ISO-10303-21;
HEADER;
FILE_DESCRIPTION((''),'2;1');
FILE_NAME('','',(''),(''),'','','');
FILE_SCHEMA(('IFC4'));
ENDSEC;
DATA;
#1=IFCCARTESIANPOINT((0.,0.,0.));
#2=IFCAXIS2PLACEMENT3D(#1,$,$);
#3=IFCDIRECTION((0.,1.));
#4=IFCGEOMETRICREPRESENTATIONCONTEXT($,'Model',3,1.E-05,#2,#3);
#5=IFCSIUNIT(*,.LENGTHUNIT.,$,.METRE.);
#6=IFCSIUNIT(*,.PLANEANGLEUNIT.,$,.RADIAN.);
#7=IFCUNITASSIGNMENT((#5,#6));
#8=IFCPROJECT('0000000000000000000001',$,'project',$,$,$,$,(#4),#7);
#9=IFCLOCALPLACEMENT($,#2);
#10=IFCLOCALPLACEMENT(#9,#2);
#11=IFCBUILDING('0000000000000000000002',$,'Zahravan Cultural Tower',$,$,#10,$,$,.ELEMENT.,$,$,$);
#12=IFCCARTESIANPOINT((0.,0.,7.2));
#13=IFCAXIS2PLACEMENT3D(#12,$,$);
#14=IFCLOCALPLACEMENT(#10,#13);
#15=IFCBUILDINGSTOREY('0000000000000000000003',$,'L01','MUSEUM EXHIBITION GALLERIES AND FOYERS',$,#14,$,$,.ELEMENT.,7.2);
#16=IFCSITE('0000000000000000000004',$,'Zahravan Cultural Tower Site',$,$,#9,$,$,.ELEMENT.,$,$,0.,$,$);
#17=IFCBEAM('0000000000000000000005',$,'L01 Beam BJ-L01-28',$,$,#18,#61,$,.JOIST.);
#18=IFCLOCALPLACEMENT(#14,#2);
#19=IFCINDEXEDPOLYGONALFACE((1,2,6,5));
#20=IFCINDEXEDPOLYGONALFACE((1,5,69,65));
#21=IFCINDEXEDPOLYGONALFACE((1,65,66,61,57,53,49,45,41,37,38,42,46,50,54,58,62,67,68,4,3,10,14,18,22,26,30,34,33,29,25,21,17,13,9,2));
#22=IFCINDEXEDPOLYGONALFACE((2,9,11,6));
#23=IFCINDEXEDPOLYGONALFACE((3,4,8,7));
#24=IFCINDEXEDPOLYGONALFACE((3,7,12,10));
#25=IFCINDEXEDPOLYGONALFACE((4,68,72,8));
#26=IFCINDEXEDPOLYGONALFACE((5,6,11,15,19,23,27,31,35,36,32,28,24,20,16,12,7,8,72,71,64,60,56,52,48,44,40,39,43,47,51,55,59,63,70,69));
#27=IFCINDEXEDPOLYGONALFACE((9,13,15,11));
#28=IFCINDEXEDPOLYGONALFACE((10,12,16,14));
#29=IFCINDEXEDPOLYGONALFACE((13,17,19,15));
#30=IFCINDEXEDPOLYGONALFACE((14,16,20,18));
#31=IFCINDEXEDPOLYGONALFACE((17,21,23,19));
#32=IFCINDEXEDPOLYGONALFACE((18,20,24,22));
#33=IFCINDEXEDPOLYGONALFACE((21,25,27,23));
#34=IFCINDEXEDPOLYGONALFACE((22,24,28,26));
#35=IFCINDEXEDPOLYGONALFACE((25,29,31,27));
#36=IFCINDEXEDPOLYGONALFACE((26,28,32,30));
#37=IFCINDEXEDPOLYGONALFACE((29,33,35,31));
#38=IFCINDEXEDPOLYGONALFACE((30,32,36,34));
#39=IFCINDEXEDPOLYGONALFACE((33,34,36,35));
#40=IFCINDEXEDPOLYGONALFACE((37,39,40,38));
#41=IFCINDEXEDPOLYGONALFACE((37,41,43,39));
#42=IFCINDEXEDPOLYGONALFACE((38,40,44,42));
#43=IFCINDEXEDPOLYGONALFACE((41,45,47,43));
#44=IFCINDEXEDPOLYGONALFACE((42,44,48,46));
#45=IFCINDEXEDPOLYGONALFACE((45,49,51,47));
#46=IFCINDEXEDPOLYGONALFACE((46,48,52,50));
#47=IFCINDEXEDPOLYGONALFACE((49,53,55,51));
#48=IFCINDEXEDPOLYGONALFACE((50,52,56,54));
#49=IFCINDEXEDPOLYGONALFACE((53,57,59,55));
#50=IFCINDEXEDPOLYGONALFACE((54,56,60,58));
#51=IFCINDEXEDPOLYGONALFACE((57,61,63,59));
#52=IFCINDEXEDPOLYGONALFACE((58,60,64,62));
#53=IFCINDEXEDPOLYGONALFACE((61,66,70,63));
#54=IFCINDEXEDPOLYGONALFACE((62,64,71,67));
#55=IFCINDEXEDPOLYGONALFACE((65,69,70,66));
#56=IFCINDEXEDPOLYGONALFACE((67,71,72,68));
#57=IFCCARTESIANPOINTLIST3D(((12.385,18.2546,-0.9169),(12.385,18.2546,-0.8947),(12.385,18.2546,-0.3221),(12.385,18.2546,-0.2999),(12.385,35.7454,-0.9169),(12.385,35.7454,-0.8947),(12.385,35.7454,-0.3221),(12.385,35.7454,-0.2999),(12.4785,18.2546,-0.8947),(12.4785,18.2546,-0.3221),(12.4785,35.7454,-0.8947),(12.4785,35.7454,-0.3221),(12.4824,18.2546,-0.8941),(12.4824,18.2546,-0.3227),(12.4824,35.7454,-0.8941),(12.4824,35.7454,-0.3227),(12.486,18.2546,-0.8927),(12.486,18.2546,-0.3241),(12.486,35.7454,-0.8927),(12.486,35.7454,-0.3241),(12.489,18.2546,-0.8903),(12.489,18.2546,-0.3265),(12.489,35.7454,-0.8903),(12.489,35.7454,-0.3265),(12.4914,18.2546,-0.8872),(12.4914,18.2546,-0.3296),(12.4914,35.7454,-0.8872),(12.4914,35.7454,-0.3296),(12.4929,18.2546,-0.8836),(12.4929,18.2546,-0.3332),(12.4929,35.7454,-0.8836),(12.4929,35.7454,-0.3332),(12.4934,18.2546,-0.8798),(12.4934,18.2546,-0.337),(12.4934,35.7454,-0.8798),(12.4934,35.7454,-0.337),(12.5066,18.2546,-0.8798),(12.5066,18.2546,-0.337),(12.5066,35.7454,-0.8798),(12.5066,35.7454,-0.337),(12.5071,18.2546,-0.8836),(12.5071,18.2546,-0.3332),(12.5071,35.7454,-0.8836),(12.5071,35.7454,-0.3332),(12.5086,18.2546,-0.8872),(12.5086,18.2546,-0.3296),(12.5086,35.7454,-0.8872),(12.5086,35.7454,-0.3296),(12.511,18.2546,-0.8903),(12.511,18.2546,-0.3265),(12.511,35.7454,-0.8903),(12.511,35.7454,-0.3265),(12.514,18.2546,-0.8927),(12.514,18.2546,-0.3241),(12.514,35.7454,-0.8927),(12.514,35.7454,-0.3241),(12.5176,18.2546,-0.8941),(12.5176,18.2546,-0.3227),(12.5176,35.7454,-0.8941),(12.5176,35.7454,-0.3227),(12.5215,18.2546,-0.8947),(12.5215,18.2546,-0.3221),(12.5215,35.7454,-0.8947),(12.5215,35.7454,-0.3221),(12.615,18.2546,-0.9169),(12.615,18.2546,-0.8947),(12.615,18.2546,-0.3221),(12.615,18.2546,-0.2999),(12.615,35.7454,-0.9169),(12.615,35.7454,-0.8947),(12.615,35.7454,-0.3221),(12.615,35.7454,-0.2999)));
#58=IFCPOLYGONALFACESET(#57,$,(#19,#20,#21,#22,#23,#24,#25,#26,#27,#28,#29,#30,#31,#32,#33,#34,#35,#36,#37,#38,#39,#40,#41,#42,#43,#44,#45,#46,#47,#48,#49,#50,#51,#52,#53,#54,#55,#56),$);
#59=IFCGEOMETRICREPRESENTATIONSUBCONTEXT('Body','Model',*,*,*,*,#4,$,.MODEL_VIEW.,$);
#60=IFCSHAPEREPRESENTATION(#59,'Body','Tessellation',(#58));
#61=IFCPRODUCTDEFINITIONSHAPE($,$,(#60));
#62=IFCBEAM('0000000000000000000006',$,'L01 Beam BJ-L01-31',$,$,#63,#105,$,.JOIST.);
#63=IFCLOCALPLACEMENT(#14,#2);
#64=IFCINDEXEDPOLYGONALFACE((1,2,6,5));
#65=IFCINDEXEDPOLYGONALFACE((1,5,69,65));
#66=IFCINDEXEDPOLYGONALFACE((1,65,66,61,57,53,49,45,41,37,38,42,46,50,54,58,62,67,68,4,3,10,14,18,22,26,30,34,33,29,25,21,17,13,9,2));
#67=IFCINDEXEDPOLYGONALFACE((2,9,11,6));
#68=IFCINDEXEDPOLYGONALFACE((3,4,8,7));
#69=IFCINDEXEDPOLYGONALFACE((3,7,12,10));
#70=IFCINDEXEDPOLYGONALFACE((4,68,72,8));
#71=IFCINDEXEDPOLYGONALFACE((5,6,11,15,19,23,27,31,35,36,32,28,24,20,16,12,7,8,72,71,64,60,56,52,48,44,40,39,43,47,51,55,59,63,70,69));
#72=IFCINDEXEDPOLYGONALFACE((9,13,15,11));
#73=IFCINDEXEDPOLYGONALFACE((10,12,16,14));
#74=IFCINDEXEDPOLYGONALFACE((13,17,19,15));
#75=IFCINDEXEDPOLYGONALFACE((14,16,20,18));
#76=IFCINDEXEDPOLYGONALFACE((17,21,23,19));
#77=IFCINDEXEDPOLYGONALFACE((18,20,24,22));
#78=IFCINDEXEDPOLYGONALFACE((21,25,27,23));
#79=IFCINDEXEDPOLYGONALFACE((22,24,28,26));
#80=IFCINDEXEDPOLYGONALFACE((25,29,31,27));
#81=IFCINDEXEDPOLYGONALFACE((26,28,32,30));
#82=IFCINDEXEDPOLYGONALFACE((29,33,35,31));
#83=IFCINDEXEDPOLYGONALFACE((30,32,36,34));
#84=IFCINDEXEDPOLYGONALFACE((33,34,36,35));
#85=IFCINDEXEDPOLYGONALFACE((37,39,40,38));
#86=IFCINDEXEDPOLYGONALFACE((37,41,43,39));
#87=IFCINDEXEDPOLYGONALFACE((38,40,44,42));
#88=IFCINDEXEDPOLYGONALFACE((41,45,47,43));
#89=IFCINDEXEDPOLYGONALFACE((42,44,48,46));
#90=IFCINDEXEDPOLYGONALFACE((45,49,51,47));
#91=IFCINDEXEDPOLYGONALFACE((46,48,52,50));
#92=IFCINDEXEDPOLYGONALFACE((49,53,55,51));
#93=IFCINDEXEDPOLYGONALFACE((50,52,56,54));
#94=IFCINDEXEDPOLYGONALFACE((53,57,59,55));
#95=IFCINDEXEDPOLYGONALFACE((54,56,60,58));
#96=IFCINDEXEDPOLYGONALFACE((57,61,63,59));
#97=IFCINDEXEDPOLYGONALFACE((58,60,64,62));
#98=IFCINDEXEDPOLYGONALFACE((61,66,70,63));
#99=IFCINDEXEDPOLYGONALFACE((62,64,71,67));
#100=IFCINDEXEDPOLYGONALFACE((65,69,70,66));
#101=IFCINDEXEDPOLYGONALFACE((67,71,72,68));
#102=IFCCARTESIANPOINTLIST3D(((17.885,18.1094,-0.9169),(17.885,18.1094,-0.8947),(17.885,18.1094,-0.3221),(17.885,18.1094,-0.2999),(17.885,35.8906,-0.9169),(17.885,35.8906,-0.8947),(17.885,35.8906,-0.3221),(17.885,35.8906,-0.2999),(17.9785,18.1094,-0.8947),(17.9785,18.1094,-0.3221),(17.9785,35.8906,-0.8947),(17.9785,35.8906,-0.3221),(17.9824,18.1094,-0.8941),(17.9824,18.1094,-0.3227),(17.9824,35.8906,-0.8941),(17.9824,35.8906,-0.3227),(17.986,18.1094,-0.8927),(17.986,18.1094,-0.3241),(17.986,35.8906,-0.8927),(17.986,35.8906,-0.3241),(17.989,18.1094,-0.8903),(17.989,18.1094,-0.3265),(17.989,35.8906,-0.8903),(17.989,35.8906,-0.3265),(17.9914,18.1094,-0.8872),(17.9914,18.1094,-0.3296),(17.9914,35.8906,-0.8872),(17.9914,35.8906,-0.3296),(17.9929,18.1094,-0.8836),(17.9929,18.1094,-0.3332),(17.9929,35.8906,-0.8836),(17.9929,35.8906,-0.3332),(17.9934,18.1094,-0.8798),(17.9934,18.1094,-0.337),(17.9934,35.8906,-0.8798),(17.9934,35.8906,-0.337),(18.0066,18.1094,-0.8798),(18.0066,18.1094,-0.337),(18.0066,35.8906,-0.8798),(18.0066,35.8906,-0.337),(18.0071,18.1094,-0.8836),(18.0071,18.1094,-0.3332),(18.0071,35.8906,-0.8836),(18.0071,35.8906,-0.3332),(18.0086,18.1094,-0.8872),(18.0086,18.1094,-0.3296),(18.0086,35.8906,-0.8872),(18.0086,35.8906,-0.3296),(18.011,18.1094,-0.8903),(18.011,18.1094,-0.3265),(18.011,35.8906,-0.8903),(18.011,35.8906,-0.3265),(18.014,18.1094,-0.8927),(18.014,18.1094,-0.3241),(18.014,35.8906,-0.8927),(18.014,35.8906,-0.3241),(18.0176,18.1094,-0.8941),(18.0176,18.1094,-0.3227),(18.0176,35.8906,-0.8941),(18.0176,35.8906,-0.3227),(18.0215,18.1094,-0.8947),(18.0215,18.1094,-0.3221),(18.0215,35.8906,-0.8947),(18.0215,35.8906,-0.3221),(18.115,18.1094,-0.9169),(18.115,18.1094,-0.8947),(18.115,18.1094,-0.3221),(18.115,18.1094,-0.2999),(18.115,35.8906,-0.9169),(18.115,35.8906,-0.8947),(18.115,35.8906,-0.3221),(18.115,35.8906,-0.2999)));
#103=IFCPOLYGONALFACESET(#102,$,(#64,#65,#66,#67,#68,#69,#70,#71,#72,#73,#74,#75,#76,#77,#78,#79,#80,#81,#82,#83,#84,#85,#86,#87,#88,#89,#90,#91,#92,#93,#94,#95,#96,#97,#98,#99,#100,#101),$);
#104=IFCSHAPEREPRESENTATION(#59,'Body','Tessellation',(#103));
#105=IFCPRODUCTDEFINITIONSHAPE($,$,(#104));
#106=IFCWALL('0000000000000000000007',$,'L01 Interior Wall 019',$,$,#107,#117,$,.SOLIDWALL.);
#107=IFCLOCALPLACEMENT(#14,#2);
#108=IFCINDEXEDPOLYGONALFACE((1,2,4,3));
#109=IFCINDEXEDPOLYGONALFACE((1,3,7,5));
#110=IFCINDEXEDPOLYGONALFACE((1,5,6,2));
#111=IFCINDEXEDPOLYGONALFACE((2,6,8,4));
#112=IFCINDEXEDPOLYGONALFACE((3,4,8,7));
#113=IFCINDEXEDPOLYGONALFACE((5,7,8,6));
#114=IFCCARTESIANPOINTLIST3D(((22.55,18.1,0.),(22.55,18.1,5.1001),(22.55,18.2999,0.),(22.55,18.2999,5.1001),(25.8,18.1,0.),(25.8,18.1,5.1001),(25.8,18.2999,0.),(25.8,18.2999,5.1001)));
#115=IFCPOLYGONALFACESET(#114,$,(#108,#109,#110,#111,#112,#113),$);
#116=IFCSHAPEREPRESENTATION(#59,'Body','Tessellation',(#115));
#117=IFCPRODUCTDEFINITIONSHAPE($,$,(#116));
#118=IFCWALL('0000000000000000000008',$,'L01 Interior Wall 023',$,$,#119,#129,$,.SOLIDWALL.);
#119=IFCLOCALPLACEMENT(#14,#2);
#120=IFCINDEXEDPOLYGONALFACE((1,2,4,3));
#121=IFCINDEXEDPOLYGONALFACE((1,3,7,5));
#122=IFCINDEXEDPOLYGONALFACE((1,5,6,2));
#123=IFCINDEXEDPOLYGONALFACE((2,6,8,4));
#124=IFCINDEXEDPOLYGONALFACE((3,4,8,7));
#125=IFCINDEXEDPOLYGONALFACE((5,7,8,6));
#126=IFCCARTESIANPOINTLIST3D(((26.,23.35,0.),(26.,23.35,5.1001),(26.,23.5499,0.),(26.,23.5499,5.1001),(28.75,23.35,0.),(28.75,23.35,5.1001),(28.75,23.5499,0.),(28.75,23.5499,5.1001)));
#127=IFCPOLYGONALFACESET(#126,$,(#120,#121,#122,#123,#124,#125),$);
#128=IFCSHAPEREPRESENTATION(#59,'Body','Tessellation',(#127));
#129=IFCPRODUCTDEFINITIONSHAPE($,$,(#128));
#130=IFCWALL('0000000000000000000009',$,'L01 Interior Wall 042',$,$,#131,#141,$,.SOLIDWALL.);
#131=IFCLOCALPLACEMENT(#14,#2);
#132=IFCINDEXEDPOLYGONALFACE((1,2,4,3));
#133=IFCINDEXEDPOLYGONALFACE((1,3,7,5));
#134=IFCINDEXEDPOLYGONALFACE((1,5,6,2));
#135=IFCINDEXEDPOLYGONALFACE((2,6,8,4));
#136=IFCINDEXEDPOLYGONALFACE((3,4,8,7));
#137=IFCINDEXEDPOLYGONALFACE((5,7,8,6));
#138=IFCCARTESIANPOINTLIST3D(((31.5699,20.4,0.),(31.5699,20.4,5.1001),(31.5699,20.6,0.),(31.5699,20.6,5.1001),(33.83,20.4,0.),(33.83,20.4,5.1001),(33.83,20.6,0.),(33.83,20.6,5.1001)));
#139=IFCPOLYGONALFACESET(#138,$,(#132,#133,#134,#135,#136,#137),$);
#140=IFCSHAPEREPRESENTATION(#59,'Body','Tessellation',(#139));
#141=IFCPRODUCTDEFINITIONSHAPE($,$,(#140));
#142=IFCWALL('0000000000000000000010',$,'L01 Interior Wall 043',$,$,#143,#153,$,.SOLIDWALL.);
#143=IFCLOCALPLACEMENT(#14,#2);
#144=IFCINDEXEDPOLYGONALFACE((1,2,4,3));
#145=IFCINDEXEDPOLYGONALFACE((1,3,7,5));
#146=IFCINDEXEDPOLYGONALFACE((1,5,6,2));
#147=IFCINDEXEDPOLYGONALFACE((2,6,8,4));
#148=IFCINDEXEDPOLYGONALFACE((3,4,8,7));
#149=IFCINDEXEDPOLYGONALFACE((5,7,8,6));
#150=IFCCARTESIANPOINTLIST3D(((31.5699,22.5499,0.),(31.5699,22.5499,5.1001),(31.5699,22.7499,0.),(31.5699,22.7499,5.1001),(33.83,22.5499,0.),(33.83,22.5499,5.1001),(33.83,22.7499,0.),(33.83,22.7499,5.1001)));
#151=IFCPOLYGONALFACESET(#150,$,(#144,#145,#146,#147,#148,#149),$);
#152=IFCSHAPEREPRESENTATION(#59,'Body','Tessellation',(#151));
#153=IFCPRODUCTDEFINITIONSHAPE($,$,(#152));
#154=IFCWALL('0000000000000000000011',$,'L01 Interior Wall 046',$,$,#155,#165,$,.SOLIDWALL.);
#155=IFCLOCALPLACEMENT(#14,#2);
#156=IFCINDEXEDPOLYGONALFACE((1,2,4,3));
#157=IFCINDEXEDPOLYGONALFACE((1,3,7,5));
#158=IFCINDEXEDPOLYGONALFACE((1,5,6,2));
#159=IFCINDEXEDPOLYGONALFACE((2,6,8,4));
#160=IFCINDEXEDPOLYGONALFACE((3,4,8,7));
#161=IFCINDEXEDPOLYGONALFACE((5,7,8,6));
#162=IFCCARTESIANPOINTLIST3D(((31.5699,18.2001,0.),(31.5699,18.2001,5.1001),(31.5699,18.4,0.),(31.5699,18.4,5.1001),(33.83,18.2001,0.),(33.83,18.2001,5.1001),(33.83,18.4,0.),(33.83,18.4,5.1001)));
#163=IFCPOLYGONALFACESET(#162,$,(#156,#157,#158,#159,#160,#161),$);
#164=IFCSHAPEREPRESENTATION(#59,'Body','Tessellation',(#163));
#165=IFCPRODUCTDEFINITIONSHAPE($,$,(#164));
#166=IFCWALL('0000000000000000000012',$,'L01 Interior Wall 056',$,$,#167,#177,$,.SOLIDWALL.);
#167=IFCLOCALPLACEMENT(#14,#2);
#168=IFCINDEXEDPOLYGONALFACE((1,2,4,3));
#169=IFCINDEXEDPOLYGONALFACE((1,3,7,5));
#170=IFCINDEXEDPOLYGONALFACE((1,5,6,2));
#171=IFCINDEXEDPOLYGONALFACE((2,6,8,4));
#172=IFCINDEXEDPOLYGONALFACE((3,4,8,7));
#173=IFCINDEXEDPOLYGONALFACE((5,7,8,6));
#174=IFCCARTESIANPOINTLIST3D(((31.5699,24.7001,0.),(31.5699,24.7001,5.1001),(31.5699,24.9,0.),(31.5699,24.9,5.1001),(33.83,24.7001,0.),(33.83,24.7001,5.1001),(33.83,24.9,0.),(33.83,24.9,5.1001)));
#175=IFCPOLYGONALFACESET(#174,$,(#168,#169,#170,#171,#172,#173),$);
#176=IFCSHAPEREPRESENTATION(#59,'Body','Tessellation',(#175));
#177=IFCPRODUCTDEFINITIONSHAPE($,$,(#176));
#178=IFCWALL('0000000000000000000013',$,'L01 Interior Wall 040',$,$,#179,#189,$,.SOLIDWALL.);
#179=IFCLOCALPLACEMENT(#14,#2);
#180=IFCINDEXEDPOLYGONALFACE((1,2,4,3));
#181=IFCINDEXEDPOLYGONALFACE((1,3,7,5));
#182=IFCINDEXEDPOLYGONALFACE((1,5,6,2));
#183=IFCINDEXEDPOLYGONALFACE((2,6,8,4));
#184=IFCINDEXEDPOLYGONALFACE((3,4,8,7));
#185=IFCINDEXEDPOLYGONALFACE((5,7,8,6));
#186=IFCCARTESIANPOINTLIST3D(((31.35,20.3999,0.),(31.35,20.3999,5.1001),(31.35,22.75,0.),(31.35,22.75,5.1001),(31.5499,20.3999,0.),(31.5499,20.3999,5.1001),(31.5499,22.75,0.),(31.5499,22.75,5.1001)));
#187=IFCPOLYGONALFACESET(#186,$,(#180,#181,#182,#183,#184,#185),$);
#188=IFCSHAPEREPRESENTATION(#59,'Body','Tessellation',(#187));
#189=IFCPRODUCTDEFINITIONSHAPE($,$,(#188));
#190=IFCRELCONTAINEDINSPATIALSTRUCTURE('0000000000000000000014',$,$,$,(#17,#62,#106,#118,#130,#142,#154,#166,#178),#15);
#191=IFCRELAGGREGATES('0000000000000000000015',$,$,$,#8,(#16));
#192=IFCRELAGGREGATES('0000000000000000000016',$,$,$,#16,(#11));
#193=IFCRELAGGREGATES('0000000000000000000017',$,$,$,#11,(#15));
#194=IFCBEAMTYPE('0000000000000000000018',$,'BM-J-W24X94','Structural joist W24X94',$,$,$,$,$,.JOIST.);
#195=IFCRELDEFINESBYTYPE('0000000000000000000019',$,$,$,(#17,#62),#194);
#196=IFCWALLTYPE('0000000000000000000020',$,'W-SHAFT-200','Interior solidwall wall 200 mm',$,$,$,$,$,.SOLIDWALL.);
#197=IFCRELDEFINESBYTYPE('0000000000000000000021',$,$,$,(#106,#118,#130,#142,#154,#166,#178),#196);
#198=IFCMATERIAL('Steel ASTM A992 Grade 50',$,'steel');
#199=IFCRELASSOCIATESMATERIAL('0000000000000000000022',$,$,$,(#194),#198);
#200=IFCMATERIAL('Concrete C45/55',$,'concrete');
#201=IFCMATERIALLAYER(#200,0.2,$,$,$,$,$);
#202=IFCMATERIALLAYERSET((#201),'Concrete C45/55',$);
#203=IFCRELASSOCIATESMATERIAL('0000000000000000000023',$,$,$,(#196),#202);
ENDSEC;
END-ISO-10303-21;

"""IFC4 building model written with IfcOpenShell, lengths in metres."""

from ifc_helpers import new_model, si_unit, direction, frame, frame_2d, origin, origin_2d, place, context, subcontext, project, spatial, rectangle, i_section, extrude, source, transform, mapped, material, layer, layer_set, material_profile, profile_set, type_object, element, save


model = new_model("IFC4")

# Units and contexts
model_context = context("Model", 3, precision=1e-05, world=origin(), true_north=direction((0.0, 1.0)))
body_context = subcontext(model_context, "Body", "Model", "MODEL_VIEW")
ifc_project = project(units=[si_unit("LENGTHUNIT", "METRE"), si_unit("PLANEANGLEUNIT", "RADIAN")], contexts=[model_context])

# Site, building, storey
site_placement = place(None, origin())
site = spatial("IfcSite", under=ifc_project, at=site_placement, Name="Zahravan Cultural Tower Site", CompositionType="ELEMENT", RefElevation=0.0)
building_placement = place(site_placement, origin())
building = spatial("IfcBuilding", under=site, at=building_placement, Name="Zahravan Cultural Tower", CompositionType="ELEMENT")
storey_placement = place(building_placement, frame((0.0, 0.0, 7.2)))
storey = spatial("IfcBuildingStorey", under=building, at=storey_placement, Name="L01", Description="MUSEUM EXHIBITION GALLERIES AND FOYERS", CompositionType="ELEMENT", Elevation=7.2)

# Beams
ifc_material_1 = material(Name="Steel ASTM A992 Grade 50", Category="steel")
ifc_material_profile = material_profile(ifc_material_1, i_section(OverallWidth=0.23, OverallDepth=0.6169, WebThickness=0.0132, FlangeThickness=0.0222, FilletRadius=0.0149, at=origin_2d()), Name="W24X94")
ifc_profile_set = profile_set([ifc_material_profile], Name="Steel ASTM A992 Grade 50")
beam_type = type_object("IfcBeamType", Name="BM-J-W24X94", Description="Structural joist W24X94", PredefinedType="JOIST", material=ifc_profile_set)
shared_shape_1 = source(origin(), body_context, "Body", "SweptSolid", [
    extrude(i_section(OverallWidth=0.23, OverallDepth=0.6169, WebThickness=0.0132, FlangeThickness=0.0222, FilletRadius=0.0149, at=origin_2d()), origin(), (0.0, 0.0, 1.0), 17.4907),
])
beam_1_placement = place(storey_placement, frame((12.5, 18.2546, -0.6084), z_axis=(0.0, 1.0, 0.0), x_axis=(-1.0, 0.0, 0.0)))
element("IfcBeam", 1, at=beam_1_placement, inside=storey, type_object=beam_type, Name="L01 Beam BJ-L01-28", PredefinedType="JOIST", context=body_context, shape_type="MappedRepresentation", body=[
    mapped(shared_shape_1, transform((0.0, 0.0, 0.0), x_axis=(1.0, 0.0, 0.0), y_axis=(0.0, 1.0, 0.0), z_axis=(0.0, 0.0, 1.0), scale=1.0)),
])
shared_shape_2 = source(origin(), body_context, "Body", "SweptSolid", [
    extrude(i_section(OverallWidth=0.23, OverallDepth=0.6169, WebThickness=0.0132, FlangeThickness=0.0222, FilletRadius=0.0149, at=origin_2d()), origin(), (0.0, 0.0, 1.0), 17.7812),
])
beam_2_placement = place(storey_placement, frame((18.0, 18.1094, -0.6084), z_axis=(0.0, 1.0, 0.0), x_axis=(-1.0, 0.0, 0.0)))
element("IfcBeam", 2, at=beam_2_placement, inside=storey, type_object=beam_type, Name="L01 Beam BJ-L01-31", PredefinedType="JOIST", context=body_context, shape_type="MappedRepresentation", body=[
    mapped(shared_shape_2, transform((0.0, 0.0, 0.0), x_axis=(1.0, 0.0, 0.0), y_axis=(0.0, 1.0, 0.0), z_axis=(0.0, 0.0, 1.0), scale=1.0)),
])

# Shared definitions
ifc_material_2 = material(Name="Concrete C45/55", Category="concrete")
ifc_layer = layer(ifc_material_2, 0.2)
ifc_layer_set = layer_set([ifc_layer], Name="Concrete C45/55")
wall_type = type_object("IfcWallType", Name="W-SHAFT-200", Description="Interior solidwall wall 200 mm", PredefinedType="SOLIDWALL", material=ifc_layer_set)

# Walls
shared_shape_3 = source(origin(), body_context, "Body", "SweptSolid", [
    extrude(rectangle(XDim=3.25, YDim=0.2, at=frame_2d((1.625, 0.0))), origin(), (0.0, 0.0, 1.0), 5.1001),
])
wall_1_placement = place(storey_placement, frame((22.55, 18.2, 0.0), z_axis=(0.0, 0.0, 1.0), x_axis=(1.0, 0.0, 0.0)))
element("IfcWall", 3, at=wall_1_placement, inside=storey, type_object=wall_type, Name="L01 Interior Wall 019", PredefinedType="SOLIDWALL", context=body_context, shape_type="MappedRepresentation", body=[
    mapped(shared_shape_3, transform((0.0, 0.0, 0.0), x_axis=(1.0, 0.0, 0.0), y_axis=(0.0, 1.0, 0.0), z_axis=(0.0, 0.0, 1.0), scale=1.0)),
])
shared_shape_4 = source(origin(), body_context, "Body", "SweptSolid", [
    extrude(rectangle(XDim=2.75, YDim=0.2, at=frame_2d((1.375, 0.0))), origin(), (0.0, 0.0, 1.0), 5.1001),
])
wall_2_placement = place(storey_placement, frame((26.0, 23.45, 0.0), z_axis=(0.0, 0.0, 1.0), x_axis=(1.0, 0.0, 0.0)))
element("IfcWall", 4, at=wall_2_placement, inside=storey, type_object=wall_type, Name="L01 Interior Wall 023", PredefinedType="SOLIDWALL", context=body_context, shape_type="MappedRepresentation", body=[
    mapped(shared_shape_4, transform((0.0, 0.0, 0.0), x_axis=(1.0, 0.0, 0.0), y_axis=(0.0, 1.0, 0.0), z_axis=(0.0, 0.0, 1.0), scale=1.0)),
])
shared_shape_5 = source(origin(), body_context, "Body", "SweptSolid", [
    extrude(rectangle(XDim=2.26, YDim=0.2, at=frame_2d((1.1299, 0.0))), origin(), (0.0, 0.0, 1.0), 5.1001),
])
for number, where, z_axis, x_axis, name in (
    (5, (31.5701, 20.5, 0.0), (0.0, 0.0, 1.0), (1.0, 0.0, 0.0), "L01 Interior Wall 042"),
    (6, (31.5701, 22.6499, 0.0), (0.0, 0.0, 1.0), (1.0, 0.0, 0.0), "L01 Interior Wall 043"),
    (7, (31.5701, 18.3, 0.0), (0.0, 0.0, 1.0), (1.0, 0.0, 0.0), "L01 Interior Wall 046"),
    (8, (31.5701, 24.8, 0.0), (0.0, 0.0, 1.0), (1.0, 0.0, 0.0), "L01 Interior Wall 056"),
):
    element("IfcWall", number, at=place(storey_placement, frame(where, z_axis=z_axis, x_axis=x_axis)), inside=storey, type_object=wall_type, Name=name, PredefinedType="SOLIDWALL", context=body_context, shape_type="MappedRepresentation", body=[
        mapped(shared_shape_5, transform((0.0, 0.0, 0.0), x_axis=(1.0, 0.0, 0.0), y_axis=(0.0, 1.0, 0.0), z_axis=(0.0, 0.0, 1.0), scale=1.0)),
    ])
shared_shape_6 = source(origin(), body_context, "Body", "SweptSolid", [
    extrude(rectangle(XDim=2.3501, YDim=0.2, at=frame_2d((1.175, 0.0))), origin(), (0.0, 0.0, 1.0), 5.1001),
])
for number, where, z_axis, x_axis, name in (
    (9, (31.45, 20.3999, 0.0), (0.0, 0.0, 1.0), (0.0, 1.0, 0.0), "L01 Interior Wall 040"),
):
    element("IfcWall", number, at=place(storey_placement, frame(where, z_axis=z_axis, x_axis=x_axis)), inside=storey, type_object=wall_type, Name=name, PredefinedType="SOLIDWALL", context=body_context, shape_type="MappedRepresentation", body=[
        mapped(shared_shape_6, transform((0.0, 0.0, 0.0), x_axis=(1.0, 0.0, 0.0), y_axis=(0.0, 1.0, 0.0), z_axis=(0.0, 0.0, 1.0), scale=1.0)),
    ])

save(model, "model.ifc")
